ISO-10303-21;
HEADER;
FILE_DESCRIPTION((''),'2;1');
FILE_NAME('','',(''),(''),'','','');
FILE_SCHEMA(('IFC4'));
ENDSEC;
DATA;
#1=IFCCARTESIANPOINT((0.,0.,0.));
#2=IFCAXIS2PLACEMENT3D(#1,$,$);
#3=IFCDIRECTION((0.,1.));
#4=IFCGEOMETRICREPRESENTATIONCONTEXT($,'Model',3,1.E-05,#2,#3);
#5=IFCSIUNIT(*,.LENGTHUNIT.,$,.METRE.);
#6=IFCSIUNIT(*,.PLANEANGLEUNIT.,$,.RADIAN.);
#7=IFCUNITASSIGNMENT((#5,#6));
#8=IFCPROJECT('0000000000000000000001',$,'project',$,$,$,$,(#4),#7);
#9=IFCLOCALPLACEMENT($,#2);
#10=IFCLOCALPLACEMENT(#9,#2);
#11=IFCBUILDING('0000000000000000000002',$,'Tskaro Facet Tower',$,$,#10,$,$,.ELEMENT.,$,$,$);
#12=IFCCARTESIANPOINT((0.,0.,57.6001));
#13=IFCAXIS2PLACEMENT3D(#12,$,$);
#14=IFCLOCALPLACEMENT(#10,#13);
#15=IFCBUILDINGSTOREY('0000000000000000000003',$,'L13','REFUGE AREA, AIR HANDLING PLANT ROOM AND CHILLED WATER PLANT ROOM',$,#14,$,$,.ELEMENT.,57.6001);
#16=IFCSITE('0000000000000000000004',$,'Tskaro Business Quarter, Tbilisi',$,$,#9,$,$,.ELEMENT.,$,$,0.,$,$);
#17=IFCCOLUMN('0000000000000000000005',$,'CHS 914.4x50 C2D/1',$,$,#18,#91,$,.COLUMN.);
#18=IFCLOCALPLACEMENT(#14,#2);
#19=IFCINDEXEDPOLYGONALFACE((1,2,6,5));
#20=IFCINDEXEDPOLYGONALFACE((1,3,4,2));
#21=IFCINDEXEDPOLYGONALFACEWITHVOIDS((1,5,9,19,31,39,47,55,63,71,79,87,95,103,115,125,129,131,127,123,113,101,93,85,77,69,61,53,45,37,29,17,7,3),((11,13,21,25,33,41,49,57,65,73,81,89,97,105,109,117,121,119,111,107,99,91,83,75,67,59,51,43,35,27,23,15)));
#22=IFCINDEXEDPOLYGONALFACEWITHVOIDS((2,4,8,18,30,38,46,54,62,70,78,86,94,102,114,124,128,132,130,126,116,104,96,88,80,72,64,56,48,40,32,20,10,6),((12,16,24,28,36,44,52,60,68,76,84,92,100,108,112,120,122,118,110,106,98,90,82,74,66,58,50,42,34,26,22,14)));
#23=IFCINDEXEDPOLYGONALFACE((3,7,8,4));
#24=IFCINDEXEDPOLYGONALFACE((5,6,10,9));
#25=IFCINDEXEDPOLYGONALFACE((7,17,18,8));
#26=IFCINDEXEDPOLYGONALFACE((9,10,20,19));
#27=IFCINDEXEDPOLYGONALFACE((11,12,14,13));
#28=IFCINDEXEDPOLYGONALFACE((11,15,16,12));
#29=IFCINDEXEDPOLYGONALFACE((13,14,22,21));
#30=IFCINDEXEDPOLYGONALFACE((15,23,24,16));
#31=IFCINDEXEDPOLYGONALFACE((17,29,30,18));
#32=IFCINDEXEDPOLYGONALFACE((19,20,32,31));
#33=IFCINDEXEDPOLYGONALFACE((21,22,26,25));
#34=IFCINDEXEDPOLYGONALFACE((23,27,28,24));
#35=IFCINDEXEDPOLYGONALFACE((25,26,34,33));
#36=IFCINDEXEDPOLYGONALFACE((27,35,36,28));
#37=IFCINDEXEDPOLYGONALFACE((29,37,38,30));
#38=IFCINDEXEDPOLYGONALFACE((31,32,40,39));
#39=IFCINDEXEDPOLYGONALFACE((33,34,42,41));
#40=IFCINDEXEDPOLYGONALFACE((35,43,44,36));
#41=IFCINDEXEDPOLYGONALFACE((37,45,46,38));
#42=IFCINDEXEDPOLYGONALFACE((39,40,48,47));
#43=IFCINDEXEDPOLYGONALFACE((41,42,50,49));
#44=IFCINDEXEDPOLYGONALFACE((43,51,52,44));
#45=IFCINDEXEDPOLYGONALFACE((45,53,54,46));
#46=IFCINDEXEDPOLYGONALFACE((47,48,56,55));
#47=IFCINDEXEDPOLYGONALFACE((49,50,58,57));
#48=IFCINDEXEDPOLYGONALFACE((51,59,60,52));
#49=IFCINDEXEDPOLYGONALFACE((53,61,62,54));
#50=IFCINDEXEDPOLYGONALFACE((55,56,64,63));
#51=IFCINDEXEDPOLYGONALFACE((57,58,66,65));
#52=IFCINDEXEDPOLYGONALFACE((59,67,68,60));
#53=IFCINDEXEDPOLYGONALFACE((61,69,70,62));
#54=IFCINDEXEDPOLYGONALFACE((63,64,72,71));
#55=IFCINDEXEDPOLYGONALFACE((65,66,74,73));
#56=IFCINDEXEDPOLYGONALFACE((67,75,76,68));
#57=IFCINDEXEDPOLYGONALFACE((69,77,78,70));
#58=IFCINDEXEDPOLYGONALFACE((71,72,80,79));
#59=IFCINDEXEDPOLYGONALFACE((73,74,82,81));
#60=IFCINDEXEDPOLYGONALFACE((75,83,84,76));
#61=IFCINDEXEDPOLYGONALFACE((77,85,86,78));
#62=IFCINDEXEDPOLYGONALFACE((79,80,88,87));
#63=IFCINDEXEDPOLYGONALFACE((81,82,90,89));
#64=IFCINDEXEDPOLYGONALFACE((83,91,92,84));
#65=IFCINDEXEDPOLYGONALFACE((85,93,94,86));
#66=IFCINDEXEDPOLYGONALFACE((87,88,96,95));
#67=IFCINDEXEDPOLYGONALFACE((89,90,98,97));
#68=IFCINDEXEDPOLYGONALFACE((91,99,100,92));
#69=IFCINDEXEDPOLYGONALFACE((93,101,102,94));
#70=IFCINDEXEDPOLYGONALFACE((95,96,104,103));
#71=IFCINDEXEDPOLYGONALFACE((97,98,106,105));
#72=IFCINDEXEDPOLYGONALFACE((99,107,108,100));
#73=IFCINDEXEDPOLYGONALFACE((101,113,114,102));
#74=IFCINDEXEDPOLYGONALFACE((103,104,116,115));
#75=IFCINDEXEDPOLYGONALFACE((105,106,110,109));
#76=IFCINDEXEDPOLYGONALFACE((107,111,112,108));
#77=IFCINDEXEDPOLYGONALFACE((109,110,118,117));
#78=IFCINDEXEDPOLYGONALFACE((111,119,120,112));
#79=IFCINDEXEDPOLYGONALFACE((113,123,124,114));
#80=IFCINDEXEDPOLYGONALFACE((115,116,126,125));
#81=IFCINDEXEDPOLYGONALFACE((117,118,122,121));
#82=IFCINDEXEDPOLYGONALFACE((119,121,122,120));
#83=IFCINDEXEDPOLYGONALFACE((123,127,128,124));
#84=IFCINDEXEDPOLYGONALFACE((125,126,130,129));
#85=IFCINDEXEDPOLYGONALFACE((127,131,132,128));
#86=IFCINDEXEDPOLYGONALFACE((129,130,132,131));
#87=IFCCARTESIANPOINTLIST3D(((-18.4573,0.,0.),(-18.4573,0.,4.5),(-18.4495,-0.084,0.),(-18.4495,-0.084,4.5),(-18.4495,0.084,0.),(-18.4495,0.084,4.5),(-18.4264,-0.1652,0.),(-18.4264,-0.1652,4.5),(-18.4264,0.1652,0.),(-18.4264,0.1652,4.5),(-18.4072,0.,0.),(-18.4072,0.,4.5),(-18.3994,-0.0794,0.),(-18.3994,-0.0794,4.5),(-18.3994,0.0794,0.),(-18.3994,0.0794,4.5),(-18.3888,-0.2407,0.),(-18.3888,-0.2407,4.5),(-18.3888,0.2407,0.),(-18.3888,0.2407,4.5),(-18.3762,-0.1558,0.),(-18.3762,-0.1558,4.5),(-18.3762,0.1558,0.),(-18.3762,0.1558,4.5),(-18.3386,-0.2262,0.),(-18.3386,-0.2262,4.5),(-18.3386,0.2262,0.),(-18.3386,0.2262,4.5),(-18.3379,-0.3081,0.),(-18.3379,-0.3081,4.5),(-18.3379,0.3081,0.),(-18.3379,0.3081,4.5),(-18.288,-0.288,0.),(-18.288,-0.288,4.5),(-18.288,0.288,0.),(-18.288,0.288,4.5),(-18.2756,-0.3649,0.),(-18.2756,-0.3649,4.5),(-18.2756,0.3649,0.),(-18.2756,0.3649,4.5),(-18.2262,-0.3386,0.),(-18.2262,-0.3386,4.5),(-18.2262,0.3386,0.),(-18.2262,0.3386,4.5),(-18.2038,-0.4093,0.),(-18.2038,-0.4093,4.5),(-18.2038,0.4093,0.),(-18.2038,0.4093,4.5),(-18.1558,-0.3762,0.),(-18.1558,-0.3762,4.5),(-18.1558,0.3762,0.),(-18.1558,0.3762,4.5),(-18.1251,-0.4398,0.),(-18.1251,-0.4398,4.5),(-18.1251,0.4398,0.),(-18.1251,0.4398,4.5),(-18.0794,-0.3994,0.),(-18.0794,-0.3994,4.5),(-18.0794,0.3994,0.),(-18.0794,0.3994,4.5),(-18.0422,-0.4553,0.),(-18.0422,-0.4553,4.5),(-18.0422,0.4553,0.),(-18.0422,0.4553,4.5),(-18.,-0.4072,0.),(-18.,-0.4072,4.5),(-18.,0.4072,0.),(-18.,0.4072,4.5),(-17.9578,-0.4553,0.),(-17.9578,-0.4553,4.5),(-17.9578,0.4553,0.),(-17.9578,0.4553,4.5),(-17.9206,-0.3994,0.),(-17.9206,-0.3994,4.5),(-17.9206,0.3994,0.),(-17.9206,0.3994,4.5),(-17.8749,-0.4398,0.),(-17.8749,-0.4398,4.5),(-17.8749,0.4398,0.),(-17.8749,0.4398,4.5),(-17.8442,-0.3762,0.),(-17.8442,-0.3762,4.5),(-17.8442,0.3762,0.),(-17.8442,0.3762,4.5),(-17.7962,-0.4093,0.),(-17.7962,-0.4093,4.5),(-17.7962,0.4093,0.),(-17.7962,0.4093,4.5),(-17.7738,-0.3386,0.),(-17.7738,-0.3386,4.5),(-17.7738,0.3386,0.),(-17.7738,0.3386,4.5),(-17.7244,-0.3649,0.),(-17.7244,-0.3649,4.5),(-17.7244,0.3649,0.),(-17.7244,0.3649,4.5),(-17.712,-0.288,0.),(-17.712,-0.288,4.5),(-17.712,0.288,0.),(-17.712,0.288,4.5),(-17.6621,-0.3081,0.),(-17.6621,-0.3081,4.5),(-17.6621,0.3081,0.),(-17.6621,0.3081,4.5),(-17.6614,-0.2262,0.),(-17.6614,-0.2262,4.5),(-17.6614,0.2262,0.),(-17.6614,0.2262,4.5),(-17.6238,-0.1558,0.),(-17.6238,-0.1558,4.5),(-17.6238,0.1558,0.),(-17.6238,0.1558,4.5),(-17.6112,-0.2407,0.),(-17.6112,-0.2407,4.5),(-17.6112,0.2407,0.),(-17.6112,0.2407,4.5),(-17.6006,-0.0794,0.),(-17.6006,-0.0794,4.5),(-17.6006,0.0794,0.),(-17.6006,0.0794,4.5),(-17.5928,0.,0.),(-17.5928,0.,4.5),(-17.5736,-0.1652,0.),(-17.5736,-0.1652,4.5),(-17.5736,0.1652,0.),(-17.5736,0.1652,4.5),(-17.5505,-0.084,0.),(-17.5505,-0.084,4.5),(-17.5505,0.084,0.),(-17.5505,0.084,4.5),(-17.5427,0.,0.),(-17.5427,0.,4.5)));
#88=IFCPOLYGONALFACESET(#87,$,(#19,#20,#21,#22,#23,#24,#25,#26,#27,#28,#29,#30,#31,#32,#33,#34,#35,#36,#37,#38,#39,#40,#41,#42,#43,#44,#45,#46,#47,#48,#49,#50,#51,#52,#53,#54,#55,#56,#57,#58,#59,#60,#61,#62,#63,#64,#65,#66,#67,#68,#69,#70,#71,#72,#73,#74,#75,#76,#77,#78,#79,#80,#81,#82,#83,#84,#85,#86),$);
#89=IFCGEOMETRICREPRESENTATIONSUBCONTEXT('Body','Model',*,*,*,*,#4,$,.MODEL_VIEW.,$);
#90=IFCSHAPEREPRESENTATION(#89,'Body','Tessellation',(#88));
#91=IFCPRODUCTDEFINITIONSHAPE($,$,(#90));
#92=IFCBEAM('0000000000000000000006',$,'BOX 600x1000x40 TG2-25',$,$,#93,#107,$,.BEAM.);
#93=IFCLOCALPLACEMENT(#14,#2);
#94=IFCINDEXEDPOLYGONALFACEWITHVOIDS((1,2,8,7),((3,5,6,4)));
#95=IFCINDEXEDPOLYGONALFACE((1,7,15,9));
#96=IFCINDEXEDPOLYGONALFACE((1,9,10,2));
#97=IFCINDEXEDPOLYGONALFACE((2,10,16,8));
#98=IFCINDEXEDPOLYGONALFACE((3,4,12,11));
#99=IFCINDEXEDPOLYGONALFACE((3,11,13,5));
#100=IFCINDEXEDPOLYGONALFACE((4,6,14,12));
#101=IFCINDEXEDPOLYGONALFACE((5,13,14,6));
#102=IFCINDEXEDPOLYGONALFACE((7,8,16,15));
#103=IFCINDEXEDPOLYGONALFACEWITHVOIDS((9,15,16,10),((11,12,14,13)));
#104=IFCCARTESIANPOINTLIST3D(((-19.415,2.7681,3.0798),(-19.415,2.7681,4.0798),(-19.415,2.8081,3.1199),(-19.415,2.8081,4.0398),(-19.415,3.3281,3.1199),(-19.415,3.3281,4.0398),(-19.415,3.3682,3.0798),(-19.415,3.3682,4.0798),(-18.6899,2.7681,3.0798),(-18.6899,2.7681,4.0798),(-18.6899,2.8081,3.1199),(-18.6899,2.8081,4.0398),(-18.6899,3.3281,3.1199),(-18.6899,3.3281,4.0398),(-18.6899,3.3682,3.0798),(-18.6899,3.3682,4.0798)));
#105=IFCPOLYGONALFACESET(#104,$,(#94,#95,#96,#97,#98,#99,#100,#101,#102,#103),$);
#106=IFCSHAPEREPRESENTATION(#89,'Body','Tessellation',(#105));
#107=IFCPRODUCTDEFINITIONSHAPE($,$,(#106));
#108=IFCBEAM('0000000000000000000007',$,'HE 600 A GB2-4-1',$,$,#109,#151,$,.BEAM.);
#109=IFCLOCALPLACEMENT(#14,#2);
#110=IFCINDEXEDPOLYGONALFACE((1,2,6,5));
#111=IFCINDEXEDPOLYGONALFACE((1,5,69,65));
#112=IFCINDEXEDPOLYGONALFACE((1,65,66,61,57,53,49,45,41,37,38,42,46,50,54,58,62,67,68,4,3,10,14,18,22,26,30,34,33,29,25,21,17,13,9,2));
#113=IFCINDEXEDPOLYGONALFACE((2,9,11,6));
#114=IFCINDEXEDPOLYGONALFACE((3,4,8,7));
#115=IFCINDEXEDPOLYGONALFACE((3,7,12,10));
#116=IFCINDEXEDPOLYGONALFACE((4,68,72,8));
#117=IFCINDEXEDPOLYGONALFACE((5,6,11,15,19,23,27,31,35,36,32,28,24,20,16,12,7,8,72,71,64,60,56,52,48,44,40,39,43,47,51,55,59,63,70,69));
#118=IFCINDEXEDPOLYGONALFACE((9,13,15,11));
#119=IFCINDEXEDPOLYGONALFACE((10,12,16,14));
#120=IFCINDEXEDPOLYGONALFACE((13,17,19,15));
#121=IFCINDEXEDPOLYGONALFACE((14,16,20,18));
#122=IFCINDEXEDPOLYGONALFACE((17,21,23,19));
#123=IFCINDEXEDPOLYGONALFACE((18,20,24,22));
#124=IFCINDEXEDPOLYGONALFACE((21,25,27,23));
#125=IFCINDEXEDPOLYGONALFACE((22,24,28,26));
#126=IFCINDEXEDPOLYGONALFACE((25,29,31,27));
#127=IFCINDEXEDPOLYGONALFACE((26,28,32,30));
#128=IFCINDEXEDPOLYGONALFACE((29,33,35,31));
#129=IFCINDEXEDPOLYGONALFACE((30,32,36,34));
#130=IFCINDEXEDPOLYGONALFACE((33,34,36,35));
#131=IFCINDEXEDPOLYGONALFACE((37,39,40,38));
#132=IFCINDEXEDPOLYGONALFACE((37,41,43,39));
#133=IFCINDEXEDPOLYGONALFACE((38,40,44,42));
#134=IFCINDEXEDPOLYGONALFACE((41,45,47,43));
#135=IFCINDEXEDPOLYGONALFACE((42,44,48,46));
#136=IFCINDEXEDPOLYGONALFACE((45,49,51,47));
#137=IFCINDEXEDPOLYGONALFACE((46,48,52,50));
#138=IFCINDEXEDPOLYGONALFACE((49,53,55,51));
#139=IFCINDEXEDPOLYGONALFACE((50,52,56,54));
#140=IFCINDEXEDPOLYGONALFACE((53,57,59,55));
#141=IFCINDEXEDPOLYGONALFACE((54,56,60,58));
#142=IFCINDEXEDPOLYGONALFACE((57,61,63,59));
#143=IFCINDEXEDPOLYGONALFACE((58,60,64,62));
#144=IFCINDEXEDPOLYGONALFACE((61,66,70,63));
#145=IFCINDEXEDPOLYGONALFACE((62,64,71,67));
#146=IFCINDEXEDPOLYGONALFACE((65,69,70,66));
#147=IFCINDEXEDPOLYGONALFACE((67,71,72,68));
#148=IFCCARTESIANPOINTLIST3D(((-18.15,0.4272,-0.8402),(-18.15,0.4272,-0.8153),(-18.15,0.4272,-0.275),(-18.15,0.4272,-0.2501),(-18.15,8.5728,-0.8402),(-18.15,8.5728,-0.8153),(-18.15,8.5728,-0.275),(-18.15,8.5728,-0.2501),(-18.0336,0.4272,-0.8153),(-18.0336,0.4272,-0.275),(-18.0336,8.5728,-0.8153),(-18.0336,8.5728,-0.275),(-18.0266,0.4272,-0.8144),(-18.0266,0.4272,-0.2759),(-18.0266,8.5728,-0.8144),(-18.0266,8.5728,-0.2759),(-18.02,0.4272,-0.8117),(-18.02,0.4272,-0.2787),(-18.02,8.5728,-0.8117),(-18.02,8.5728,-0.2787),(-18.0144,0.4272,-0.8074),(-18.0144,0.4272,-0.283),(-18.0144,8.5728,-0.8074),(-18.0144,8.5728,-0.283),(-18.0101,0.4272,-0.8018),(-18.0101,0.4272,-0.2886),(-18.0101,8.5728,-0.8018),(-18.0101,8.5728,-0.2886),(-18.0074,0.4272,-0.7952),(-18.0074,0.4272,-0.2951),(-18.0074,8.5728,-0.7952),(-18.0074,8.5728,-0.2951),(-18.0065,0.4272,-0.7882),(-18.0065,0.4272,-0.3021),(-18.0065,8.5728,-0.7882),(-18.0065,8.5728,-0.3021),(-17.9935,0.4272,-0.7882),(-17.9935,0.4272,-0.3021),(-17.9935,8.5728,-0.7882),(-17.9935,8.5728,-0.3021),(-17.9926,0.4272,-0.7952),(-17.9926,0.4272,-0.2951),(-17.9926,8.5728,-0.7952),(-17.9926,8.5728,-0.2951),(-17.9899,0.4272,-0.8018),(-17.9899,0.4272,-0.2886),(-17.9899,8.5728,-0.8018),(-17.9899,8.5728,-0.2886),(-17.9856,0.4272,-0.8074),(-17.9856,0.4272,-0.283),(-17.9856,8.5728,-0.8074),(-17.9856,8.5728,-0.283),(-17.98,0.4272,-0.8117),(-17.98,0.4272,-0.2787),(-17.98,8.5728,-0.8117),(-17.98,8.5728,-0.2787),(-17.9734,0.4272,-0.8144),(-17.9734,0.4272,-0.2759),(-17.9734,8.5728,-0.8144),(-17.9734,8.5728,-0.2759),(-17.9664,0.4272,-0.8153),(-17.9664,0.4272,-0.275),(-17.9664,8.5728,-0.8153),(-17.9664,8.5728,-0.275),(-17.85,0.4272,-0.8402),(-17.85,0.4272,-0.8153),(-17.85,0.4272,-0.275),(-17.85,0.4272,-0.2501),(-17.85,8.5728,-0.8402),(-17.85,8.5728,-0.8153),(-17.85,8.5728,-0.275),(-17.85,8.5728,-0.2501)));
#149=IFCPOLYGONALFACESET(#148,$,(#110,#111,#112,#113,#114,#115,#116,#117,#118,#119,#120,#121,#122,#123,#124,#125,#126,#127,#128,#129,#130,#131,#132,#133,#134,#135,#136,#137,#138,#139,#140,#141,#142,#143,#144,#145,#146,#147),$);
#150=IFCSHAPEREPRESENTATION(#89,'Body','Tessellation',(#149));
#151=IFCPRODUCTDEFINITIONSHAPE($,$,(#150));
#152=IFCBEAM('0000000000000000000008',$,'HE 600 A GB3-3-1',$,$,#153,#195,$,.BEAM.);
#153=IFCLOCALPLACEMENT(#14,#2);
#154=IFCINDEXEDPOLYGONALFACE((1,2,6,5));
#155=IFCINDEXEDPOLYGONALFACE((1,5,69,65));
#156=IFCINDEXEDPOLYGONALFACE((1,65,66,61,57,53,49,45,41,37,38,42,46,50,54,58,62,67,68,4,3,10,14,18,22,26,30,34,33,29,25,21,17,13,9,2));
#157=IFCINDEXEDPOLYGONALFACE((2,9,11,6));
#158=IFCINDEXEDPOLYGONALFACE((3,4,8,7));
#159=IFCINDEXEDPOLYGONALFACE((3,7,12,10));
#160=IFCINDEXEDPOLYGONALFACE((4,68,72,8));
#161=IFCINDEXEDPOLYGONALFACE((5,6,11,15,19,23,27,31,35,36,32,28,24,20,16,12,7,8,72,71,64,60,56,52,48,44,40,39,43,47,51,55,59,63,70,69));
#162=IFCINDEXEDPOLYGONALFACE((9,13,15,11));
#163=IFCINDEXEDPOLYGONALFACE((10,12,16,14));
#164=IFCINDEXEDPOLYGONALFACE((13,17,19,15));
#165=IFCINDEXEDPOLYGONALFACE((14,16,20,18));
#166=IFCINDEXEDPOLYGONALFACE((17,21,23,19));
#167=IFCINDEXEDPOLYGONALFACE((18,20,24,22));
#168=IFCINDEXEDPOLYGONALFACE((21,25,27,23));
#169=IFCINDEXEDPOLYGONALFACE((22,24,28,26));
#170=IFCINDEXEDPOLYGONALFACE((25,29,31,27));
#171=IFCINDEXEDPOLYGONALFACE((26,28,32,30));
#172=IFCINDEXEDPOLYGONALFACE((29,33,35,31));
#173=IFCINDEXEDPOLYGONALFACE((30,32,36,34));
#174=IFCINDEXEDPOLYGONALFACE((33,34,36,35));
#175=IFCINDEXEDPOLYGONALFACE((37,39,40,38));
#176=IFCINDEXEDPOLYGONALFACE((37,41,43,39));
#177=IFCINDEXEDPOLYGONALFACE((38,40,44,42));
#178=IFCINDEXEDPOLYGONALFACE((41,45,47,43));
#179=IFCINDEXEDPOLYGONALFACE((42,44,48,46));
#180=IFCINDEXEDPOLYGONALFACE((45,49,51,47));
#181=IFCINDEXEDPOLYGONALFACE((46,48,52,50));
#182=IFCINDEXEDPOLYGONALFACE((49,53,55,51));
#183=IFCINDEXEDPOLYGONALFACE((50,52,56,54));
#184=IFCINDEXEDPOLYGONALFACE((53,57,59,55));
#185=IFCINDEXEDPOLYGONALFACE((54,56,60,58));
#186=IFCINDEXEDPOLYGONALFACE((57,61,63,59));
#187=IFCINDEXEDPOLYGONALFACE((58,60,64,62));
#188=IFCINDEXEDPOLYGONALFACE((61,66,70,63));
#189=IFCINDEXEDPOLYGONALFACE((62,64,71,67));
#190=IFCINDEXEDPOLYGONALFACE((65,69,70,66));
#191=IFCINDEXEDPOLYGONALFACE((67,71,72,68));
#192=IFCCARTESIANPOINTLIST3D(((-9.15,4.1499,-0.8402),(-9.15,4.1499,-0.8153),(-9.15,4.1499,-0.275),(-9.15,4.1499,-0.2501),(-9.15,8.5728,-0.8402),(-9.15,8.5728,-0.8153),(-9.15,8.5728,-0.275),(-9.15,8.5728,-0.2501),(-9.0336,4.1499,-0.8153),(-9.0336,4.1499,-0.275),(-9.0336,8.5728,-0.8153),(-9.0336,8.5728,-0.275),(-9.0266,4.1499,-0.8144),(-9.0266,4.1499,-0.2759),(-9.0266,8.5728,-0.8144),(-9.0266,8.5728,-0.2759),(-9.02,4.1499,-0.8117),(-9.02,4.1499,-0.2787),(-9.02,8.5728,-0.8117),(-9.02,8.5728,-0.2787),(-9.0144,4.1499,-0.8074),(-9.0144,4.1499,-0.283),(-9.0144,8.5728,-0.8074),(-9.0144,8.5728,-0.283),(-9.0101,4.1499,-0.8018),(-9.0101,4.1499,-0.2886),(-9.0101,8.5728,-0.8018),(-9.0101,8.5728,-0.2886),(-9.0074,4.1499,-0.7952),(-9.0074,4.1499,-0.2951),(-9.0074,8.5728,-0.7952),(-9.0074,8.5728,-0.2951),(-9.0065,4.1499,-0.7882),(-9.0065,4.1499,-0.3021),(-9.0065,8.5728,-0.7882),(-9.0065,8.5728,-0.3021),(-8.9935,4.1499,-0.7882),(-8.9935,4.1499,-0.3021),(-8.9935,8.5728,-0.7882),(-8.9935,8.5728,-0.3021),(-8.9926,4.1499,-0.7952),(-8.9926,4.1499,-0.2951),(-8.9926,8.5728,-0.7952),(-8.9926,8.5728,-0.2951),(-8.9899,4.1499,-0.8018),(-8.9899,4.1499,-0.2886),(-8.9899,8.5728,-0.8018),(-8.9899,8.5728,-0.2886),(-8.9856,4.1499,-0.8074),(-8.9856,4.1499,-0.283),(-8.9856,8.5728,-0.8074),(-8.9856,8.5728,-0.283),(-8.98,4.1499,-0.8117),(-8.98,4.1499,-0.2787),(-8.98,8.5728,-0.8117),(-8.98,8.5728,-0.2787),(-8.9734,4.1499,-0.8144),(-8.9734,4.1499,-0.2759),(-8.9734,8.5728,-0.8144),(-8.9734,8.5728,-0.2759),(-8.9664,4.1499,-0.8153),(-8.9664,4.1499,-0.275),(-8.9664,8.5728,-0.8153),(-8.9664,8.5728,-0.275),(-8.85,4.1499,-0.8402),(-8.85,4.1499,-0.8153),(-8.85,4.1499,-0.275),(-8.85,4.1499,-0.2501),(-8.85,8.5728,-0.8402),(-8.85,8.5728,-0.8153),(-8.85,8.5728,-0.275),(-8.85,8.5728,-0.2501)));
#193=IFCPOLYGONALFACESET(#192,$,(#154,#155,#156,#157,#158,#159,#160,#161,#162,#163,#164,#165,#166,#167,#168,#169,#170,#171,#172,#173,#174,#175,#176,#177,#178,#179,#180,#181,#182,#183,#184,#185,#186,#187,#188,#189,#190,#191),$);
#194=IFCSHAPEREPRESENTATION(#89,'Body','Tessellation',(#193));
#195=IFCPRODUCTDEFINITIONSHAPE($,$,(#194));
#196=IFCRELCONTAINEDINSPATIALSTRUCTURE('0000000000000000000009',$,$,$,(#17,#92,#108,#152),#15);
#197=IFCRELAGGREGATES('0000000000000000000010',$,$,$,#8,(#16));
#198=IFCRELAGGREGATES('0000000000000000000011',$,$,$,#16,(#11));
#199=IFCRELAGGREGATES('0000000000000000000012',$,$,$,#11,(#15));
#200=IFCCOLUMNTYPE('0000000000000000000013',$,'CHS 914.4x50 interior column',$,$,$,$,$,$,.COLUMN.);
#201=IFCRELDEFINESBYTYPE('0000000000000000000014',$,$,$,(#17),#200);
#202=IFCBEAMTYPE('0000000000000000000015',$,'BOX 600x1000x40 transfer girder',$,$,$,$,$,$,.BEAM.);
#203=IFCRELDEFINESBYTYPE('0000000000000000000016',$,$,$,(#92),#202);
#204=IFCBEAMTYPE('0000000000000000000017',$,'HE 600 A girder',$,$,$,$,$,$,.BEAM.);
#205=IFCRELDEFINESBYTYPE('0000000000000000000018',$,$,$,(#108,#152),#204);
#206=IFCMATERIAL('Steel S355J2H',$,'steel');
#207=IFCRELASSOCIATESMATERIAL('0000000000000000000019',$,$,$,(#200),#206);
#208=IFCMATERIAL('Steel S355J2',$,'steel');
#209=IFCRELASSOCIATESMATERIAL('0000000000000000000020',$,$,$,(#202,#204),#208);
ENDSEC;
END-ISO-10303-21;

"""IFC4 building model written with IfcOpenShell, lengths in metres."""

from ifc_helpers import new_model, si_unit, direction, frame, origin, origin_2d, place, context, subcontext, project, spatial, hollow_rectangle, hollow_circle, i_section, extrude, material, material_profile, profile_set, type_object, element, save


model = new_model("IFC4")

# Units and contexts
model_context = context("Model", 3, precision=1e-05, world=origin(), true_north=direction((0.0, 1.0)))
body_context = subcontext(model_context, "Body", "Model", "MODEL_VIEW")
ifc_project = project(units=[si_unit("LENGTHUNIT", "METRE"), si_unit("PLANEANGLEUNIT", "RADIAN")], contexts=[model_context])

# Site, building, storey
site_placement = place(None, origin())
site = spatial("IfcSite", under=ifc_project, at=site_placement, Name="Tskaro Business Quarter, Tbilisi", CompositionType="ELEMENT", RefElevation=0.0)
building_placement = place(site_placement, origin())
building = spatial("IfcBuilding", under=site, at=building_placement, Name="Tskaro Facet Tower", CompositionType="ELEMENT")
storey_placement = place(building_placement, frame((0.0, 0.0, 57.6001)))
storey = spatial("IfcBuildingStorey", under=building, at=storey_placement, Name="L13", Description="REFUGE AREA, AIR HANDLING PLANT ROOM AND CHILLED WATER PLANT ROOM", CompositionType="ELEMENT", Elevation=57.6001)

# Column
ifc_material_1 = material(Name="Steel S355J2H", Category="steel")
ifc_material_profile_1 = material_profile(ifc_material_1, hollow_circle(Radius=0.4573, WallThickness=0.05, at=origin_2d()), Name="CHS 914.4x50")
ifc_profile_set_1 = profile_set([ifc_material_profile_1], Name="Steel S355J2H")
column_type = type_object("IfcColumnType", Name="CHS 914.4x50 interior column", PredefinedType="COLUMN", material=ifc_profile_set_1)
column_placement = place(storey_placement, frame((-18.0, 0.0, 0.0), z_axis=(0.0, 0.0, 1.0), x_axis=(1.0, 0.0, 0.0)))
element("IfcColumn", 1, at=column_placement, inside=storey, type_object=column_type, Name="CHS 914.4x50 C2D/1", PredefinedType="COLUMN", context=body_context, shape_type="SweptSolid", body=[
    extrude(hollow_circle(Radius=0.4573, WallThickness=0.05, at=origin_2d()), origin(), (0.0, 0.0, 1.0), 4.5),
])

# Beams
ifc_material_2 = material(Name="Steel S355J2", Category="steel")
ifc_material_profile_2 = material_profile(ifc_material_2, hollow_rectangle(XDim=0.6001, YDim=1.0, WallThickness=0.04, at=origin_2d()), Name="BOX 600x1000x40")
ifc_profile_set_2 = profile_set([ifc_material_profile_2], Name="Steel S355J2")
beam_type_1 = type_object("IfcBeamType", Name="BOX 600x1000x40 transfer girder", PredefinedType="BEAM", material=ifc_profile_set_2)
beam_1_placement = place(storey_placement, frame((-19.415, 3.0681, 3.5798), z_axis=(1.0, 0.0, 0.0), x_axis=(0.0, 1.0, 0.0)))
element("IfcBeam", 2, at=beam_1_placement, inside=storey, type_object=beam_type_1, Name="BOX 600x1000x40 TG2-25", PredefinedType="BEAM", context=body_context, shape_type="SweptSolid", body=[
    extrude(hollow_rectangle(XDim=0.6001, YDim=1.0, WallThickness=0.04, at=origin_2d()), origin(), (0.0, 0.0, 1.0), 0.7251),
])
ifc_material_profile_3 = material_profile(ifc_material_2, i_section(OverallWidth=0.3, OverallDepth=0.5901, WebThickness=0.0129, FlangeThickness=0.0249, FilletRadius=0.0271, at=origin_2d()), Name="HE 600 A")
ifc_profile_set_3 = profile_set([ifc_material_profile_3], Name="Steel S355J2")
beam_type_2 = type_object("IfcBeamType", Name="HE 600 A girder", PredefinedType="BEAM", material=ifc_profile_set_3)
beam_2_placement = place(storey_placement, frame((-18.0, 0.4272, -0.5452), z_axis=(0.0, 1.0, 0.0), x_axis=(-1.0, 0.0, 0.0)))
element("IfcBeam", 3, at=beam_2_placement, inside=storey, type_object=beam_type_2, Name="HE 600 A GB2-4-1", PredefinedType="BEAM", context=body_context, shape_type="SweptSolid", body=[
    extrude(i_section(OverallWidth=0.3, OverallDepth=0.5901, WebThickness=0.0129, FlangeThickness=0.0249, FilletRadius=0.0271, at=origin_2d()), origin(), (0.0, 0.0, 1.0), 8.1455),
])
beam_3_placement = place(storey_placement, frame((-9.0, 4.1499, -0.5452), z_axis=(0.0, 1.0, 0.0), x_axis=(-1.0, 0.0, 0.0)))
element("IfcBeam", 4, at=beam_3_placement, inside=storey, type_object=beam_type_2, Name="HE 600 A GB3-3-1", PredefinedType="BEAM", context=body_context, shape_type="SweptSolid", body=[
    extrude(i_section(OverallWidth=0.3, OverallDepth=0.5901, WebThickness=0.0129, FlangeThickness=0.0249, FilletRadius=0.0271, at=origin_2d()), origin(), (0.0, 0.0, 1.0), 4.4229),
])

save(model, "model.ifc")
